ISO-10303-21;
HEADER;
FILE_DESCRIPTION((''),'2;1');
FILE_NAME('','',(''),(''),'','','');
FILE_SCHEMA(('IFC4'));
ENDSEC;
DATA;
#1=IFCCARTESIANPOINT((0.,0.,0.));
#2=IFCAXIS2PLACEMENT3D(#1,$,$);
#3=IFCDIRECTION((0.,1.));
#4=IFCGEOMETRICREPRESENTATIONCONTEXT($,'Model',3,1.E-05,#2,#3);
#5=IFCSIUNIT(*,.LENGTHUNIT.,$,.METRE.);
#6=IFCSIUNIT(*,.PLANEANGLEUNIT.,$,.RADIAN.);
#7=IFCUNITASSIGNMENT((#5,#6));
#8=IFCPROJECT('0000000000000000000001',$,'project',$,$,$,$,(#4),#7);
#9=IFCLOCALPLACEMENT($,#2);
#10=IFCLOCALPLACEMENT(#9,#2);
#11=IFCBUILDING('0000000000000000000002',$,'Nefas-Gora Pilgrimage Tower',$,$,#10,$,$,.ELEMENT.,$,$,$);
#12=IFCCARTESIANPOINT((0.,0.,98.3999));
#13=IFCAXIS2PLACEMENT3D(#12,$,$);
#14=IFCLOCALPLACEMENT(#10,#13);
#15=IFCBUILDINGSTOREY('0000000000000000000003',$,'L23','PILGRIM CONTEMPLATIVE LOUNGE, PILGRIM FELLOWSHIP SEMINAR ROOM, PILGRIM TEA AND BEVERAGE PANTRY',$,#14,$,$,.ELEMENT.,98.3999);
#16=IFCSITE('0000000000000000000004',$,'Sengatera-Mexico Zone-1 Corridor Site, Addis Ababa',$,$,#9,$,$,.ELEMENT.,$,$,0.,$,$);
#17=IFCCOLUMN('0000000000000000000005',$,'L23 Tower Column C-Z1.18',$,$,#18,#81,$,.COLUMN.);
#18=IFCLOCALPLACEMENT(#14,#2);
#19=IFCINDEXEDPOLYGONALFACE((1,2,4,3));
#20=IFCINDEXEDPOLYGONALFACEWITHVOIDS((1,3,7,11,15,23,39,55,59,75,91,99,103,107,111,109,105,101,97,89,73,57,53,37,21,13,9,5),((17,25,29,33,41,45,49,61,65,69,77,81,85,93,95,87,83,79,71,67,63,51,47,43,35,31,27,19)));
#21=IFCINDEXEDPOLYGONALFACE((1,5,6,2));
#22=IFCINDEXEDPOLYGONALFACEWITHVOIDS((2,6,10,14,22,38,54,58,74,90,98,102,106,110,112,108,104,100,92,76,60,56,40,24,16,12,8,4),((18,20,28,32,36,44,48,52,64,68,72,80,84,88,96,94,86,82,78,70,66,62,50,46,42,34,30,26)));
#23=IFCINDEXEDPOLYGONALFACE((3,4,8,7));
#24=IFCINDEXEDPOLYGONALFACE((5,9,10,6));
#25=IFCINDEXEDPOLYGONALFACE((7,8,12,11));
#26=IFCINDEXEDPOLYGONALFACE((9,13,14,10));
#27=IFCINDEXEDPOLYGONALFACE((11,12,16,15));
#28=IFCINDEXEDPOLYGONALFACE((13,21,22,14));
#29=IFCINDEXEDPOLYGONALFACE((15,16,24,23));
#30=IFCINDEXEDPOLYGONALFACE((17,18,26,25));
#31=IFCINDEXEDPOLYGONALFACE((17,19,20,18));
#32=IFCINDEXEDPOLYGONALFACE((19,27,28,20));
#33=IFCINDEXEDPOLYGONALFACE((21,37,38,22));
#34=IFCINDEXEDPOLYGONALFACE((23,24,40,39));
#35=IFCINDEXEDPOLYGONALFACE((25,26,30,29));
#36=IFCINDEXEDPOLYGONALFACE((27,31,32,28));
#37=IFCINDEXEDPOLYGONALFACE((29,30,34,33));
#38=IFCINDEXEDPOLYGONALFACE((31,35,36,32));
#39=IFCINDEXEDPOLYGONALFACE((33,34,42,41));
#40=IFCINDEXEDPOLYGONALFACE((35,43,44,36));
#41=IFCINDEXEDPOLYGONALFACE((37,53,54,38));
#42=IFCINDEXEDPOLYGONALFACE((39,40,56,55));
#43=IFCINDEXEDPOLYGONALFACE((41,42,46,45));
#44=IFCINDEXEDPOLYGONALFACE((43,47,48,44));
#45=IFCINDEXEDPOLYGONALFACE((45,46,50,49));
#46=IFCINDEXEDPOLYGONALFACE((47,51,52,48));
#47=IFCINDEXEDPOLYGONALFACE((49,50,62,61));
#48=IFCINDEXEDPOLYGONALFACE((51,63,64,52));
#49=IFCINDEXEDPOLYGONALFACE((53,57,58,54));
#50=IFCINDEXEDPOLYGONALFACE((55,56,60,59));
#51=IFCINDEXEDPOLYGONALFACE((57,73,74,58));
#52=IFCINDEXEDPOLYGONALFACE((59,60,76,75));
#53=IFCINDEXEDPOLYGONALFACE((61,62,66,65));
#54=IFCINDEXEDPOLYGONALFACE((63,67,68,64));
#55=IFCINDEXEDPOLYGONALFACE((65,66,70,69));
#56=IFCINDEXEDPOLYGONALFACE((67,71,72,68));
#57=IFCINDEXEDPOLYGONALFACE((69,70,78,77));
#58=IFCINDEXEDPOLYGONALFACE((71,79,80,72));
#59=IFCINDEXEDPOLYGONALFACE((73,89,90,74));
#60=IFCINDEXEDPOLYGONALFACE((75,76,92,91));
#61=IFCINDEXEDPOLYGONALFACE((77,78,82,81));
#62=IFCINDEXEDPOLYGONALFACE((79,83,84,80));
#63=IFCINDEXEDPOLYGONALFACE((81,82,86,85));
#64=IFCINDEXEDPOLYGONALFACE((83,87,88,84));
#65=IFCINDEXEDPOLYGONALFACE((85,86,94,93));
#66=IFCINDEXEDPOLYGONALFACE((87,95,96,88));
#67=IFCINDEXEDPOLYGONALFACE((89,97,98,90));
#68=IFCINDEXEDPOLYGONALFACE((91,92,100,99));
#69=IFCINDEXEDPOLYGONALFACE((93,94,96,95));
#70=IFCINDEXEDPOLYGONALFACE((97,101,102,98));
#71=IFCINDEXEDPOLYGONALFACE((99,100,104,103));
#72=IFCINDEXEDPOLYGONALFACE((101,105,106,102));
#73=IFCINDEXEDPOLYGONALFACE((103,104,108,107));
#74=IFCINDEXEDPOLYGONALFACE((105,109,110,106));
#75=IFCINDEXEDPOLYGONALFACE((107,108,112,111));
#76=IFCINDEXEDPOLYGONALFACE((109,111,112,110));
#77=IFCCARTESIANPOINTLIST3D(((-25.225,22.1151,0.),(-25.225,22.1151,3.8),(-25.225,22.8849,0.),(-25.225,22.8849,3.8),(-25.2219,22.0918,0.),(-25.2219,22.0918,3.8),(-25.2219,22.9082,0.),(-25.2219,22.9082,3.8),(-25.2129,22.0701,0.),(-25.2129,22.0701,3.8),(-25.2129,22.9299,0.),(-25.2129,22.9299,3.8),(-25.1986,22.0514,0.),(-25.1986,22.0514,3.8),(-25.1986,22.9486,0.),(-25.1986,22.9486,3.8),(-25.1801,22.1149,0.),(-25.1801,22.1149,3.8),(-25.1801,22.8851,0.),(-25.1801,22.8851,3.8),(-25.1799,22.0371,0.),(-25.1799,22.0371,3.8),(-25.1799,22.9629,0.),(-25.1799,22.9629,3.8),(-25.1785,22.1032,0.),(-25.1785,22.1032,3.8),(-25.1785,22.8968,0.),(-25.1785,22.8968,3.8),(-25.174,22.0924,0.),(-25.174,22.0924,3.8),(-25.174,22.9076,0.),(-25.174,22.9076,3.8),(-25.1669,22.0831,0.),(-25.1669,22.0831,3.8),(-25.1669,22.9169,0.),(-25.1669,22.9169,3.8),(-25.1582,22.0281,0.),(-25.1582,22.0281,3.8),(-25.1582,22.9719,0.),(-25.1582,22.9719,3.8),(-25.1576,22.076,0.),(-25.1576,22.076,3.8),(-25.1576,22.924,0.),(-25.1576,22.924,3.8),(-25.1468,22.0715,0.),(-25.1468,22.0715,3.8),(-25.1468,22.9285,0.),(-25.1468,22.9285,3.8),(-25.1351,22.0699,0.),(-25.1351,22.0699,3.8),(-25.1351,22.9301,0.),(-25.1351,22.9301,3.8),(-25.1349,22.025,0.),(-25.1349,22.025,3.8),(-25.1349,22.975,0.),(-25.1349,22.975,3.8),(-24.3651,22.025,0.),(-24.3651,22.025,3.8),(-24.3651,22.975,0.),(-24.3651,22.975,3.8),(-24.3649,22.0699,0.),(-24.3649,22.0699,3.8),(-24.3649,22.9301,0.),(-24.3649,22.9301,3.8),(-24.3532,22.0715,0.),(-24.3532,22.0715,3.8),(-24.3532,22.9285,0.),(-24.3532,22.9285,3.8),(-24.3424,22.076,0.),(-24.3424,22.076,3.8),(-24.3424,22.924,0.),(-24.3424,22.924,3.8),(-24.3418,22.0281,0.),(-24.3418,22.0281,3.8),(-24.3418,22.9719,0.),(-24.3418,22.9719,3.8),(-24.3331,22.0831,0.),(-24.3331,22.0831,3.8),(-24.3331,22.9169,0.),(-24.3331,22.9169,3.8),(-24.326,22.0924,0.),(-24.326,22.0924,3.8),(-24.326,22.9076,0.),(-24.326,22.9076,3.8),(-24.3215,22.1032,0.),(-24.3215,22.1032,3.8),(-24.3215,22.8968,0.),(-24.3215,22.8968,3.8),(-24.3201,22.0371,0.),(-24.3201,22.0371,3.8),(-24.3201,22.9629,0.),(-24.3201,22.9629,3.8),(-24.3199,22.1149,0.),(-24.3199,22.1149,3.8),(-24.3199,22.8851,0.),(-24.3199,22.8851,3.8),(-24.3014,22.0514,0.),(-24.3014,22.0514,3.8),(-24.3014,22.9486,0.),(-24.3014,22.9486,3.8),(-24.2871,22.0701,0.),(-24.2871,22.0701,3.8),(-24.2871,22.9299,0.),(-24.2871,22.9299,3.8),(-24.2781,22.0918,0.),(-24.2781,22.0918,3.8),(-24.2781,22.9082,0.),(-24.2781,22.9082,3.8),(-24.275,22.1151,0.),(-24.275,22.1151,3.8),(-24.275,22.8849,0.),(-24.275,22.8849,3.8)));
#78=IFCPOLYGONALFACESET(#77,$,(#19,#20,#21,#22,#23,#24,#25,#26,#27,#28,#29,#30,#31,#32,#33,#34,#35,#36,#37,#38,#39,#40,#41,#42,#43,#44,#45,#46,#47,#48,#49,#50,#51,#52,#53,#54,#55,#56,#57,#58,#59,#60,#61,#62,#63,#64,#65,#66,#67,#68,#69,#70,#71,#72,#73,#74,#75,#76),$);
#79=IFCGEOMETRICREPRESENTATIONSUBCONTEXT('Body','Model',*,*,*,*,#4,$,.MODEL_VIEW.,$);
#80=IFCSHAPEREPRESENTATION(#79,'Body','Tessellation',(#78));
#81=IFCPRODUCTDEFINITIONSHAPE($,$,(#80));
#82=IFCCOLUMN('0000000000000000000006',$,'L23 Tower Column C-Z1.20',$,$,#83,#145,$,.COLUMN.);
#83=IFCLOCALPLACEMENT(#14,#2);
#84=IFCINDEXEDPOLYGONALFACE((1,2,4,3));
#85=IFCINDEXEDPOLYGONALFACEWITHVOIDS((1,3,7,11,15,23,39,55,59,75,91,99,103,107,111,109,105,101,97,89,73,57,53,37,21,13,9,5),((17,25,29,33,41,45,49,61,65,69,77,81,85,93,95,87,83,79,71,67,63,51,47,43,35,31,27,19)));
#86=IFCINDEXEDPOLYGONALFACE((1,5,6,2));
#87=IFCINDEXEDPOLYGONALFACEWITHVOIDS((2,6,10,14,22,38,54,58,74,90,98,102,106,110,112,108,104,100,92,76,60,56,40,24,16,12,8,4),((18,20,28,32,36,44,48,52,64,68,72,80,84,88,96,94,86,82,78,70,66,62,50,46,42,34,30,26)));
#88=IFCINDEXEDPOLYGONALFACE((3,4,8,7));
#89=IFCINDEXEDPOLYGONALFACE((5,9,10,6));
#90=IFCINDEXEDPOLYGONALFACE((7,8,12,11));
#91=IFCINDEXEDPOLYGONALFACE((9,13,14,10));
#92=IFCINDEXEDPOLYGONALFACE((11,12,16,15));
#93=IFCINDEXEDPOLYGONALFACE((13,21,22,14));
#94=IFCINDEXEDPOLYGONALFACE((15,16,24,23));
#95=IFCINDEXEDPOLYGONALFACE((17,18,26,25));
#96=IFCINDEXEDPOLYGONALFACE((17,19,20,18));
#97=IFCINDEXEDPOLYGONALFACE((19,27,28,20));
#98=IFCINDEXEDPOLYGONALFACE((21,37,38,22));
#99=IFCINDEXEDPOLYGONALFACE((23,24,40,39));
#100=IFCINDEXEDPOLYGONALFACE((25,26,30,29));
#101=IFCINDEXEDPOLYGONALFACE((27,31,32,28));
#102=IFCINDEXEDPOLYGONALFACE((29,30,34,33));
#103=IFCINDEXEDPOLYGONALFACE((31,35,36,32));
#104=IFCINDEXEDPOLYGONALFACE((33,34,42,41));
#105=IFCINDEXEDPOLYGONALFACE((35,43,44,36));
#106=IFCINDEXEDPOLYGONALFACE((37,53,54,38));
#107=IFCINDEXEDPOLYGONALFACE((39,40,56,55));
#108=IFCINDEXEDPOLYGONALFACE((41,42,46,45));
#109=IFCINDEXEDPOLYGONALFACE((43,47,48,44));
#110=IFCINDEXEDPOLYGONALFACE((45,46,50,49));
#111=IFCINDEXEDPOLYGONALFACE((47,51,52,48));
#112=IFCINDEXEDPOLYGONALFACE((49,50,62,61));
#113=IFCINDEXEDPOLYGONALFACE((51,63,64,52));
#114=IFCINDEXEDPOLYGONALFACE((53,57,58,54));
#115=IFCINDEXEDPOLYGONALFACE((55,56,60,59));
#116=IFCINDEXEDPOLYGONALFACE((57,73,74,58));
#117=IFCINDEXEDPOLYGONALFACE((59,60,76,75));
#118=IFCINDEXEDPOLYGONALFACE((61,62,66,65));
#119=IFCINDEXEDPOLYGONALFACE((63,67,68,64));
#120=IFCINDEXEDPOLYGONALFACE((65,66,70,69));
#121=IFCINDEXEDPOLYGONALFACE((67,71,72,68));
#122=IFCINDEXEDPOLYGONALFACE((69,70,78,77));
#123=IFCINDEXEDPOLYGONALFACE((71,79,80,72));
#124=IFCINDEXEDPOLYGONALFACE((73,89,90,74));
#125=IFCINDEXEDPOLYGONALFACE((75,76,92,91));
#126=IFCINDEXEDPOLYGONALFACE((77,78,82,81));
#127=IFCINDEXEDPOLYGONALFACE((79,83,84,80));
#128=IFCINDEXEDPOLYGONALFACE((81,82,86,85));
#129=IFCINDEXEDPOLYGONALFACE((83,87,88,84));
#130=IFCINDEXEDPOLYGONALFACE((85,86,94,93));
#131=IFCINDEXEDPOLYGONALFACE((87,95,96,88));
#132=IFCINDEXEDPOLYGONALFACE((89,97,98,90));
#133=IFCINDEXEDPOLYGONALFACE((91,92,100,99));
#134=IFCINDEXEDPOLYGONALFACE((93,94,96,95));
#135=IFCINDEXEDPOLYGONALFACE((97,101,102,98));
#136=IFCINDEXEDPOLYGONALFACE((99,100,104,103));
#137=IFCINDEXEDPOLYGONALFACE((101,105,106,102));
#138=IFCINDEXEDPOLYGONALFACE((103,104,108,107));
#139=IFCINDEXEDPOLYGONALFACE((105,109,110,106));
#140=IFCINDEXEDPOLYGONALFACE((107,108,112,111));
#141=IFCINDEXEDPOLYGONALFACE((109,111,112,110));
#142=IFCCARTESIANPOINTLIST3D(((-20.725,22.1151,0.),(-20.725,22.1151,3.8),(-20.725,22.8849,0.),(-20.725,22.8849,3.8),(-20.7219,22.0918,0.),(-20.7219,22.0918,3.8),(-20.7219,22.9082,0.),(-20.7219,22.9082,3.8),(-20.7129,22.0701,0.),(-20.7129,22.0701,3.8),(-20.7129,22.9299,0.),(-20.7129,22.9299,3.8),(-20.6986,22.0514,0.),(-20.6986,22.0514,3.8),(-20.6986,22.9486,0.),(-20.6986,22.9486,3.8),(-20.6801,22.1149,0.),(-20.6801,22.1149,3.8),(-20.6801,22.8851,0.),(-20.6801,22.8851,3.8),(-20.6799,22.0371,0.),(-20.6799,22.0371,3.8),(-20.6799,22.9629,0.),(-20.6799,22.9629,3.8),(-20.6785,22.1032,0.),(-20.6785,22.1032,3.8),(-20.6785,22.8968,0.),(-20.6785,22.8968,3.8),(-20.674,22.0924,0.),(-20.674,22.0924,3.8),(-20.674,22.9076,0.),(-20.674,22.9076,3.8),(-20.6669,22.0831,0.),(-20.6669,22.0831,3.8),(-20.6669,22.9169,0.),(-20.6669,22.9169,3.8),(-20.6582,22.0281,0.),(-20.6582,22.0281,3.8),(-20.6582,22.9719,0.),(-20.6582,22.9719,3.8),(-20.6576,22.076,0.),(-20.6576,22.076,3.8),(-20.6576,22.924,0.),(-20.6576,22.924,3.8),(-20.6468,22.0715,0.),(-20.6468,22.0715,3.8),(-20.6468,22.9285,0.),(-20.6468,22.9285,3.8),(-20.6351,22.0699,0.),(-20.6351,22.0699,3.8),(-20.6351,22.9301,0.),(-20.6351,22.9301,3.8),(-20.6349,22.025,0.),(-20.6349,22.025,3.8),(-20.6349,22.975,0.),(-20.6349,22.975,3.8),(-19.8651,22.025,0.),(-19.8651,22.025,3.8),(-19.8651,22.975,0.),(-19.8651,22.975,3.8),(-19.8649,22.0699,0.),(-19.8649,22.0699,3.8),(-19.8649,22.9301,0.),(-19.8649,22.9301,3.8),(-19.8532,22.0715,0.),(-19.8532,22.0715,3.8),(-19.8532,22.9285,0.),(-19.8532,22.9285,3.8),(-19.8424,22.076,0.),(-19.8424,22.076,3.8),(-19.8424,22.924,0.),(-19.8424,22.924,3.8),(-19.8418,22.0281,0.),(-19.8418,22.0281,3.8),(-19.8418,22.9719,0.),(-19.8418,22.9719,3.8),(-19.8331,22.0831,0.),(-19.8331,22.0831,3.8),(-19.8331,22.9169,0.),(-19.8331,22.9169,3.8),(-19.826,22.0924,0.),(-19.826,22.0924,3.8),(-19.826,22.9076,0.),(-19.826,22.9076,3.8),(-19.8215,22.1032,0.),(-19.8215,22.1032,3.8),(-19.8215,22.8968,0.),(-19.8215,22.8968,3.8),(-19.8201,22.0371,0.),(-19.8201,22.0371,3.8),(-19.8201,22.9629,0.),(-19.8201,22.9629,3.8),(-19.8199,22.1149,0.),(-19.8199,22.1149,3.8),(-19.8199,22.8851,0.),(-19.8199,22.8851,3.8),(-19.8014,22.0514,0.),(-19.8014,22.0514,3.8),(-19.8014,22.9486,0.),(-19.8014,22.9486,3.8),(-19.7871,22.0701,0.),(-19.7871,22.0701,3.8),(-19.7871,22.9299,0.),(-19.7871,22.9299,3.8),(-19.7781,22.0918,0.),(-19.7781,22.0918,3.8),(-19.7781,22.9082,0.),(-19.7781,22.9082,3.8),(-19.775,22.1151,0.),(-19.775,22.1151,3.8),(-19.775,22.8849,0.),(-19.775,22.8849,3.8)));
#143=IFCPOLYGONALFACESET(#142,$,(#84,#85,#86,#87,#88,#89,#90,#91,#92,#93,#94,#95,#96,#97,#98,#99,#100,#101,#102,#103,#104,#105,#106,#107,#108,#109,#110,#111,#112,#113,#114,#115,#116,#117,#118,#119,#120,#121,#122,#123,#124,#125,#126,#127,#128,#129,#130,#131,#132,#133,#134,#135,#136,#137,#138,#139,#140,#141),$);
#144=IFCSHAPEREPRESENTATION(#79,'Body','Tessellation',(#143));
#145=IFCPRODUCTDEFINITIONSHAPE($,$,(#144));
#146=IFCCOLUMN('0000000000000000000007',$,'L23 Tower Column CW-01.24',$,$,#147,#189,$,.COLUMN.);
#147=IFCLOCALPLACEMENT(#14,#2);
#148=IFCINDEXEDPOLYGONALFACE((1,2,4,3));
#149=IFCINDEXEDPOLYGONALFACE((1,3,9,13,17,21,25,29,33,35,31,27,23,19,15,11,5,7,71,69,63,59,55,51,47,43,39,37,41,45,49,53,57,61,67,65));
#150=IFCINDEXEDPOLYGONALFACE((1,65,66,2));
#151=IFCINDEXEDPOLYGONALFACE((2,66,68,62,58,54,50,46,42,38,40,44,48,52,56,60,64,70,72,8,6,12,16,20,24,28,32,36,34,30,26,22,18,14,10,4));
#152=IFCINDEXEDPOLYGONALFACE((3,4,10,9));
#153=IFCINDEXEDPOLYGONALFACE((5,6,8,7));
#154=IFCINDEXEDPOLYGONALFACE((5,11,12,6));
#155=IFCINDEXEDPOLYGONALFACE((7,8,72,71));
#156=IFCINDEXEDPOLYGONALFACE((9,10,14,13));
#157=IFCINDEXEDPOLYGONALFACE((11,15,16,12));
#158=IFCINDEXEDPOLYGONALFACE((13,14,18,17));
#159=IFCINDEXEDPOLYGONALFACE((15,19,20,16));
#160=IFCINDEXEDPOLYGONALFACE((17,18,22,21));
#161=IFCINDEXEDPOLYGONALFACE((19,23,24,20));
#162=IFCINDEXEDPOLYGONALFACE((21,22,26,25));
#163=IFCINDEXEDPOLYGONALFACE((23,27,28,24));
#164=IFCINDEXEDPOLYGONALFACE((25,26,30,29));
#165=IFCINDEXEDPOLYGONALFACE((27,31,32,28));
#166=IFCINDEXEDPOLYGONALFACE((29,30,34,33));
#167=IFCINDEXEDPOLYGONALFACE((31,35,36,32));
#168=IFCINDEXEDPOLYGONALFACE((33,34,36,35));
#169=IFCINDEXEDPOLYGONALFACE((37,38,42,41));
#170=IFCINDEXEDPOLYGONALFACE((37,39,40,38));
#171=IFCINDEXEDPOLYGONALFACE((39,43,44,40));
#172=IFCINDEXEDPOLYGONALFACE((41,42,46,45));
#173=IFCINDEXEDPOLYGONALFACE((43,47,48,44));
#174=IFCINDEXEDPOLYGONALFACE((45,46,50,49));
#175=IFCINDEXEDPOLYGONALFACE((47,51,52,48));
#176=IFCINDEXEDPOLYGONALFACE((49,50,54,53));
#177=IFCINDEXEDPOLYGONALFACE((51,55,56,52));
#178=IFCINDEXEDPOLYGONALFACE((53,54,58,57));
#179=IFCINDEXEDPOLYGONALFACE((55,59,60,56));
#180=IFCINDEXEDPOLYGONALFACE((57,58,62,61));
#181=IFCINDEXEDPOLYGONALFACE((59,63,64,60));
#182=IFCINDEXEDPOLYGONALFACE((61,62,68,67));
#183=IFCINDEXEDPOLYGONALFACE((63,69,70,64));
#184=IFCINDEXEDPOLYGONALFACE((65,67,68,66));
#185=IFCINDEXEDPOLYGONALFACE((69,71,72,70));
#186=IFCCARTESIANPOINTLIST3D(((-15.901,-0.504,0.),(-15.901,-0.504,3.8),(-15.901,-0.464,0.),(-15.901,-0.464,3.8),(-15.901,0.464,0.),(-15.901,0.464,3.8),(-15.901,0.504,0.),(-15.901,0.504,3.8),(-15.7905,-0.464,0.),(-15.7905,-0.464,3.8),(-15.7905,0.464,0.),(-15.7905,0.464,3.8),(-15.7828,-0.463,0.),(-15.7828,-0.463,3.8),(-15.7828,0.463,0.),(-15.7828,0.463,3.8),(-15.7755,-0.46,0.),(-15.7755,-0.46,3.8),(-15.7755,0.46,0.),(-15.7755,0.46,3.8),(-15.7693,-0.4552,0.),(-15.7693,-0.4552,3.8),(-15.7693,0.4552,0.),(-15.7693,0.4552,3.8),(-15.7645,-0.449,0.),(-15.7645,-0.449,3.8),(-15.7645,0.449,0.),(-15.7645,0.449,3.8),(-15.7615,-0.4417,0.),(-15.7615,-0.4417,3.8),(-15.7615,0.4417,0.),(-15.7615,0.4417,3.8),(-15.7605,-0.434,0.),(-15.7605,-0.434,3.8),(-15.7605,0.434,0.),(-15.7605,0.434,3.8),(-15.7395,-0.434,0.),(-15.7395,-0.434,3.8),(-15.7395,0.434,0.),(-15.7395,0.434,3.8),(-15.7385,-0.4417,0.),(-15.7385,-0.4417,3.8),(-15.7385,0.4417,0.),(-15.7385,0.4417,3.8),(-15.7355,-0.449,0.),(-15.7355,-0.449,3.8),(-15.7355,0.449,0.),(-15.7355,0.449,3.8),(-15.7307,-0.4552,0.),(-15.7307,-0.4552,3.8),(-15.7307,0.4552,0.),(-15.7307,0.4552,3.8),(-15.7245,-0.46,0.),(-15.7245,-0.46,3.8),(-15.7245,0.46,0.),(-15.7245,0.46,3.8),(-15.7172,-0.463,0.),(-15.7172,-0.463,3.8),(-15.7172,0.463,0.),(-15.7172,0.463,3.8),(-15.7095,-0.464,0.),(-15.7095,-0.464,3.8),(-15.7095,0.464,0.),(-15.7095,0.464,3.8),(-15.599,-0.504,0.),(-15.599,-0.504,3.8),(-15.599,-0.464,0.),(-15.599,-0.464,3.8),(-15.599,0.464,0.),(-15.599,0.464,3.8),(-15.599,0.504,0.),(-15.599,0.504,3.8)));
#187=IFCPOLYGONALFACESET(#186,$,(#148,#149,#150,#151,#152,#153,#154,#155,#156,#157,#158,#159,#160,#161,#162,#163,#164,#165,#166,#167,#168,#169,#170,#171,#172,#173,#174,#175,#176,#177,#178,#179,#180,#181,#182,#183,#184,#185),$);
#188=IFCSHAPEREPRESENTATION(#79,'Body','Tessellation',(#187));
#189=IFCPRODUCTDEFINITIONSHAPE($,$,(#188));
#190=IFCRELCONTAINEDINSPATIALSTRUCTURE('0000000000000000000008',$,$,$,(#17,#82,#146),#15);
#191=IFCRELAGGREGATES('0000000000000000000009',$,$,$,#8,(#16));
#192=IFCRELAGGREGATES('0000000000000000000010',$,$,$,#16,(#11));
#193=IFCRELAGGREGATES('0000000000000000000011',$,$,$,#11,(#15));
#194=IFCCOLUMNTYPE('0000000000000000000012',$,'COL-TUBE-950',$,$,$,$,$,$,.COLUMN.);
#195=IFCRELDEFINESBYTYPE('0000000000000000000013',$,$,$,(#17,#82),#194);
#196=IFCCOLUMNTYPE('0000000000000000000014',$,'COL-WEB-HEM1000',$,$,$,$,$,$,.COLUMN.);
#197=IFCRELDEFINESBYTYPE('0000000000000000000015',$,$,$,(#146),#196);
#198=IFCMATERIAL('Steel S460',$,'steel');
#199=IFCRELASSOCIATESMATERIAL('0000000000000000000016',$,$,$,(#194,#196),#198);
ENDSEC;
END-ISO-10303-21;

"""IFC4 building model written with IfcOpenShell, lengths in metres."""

from ifc_helpers import new_model, si_unit, direction, frame, origin, origin_2d, place, context, subcontext, project, spatial, hollow_rectangle, i_section, extrude, source, transform, mapped, material, material_profile, profile_set, type_object, element, save


model = new_model("IFC4")

# Units and contexts
model_context = context("Model", 3, precision=1e-05, world=origin(), true_north=direction((0.0, 1.0)))
body_context = subcontext(model_context, "Body", "Model", "MODEL_VIEW")
ifc_project = project(units=[si_unit("LENGTHUNIT", "METRE"), si_unit("PLANEANGLEUNIT", "RADIAN")], contexts=[model_context])

# Site, building, storey
site_placement = place(None, origin())
site = spatial("IfcSite", under=ifc_project, at=site_placement, Name="Sengatera-Mexico Zone-1 Corridor Site, Addis Ababa", CompositionType="ELEMENT", RefElevation=0.0)
building_placement = place(site_placement, origin())
building = spatial("IfcBuilding", under=site, at=building_placement, Name="Nefas-Gora Pilgrimage Tower", CompositionType="ELEMENT")
storey_placement = place(building_placement, frame((0.0, 0.0, 98.3999)))
storey = spatial("IfcBuildingStorey", under=building, at=storey_placement, Name="L23", Description="PILGRIM CONTEMPLATIVE LOUNGE, PILGRIM FELLOWSHIP SEMINAR ROOM, PILGRIM TEA AND BEVERAGE PANTRY", CompositionType="ELEMENT", Elevation=98.3999)

# Columns
ifc_material_1 = material(Name="Steel S460", Category="steel")
ifc_material_profile_1 = material_profile(ifc_material_1, hollow_rectangle(XDim=0.95, YDim=0.95, WallThickness=0.0449, InnerFilletRadius=0.0449, OuterFilletRadius=0.0901, at=origin_2d()), Name="BOX 950x950x45")
ifc_profile_set_1 = profile_set([ifc_material_profile_1], Name="Steel S460")
column_type_1 = type_object("IfcColumnType", Name="COL-TUBE-950", PredefinedType="COLUMN", material=ifc_profile_set_1)
shared_shape_1 = source(origin(), body_context, "Body", "SweptSolid", [
    extrude(hollow_rectangle(XDim=0.95, YDim=0.95, WallThickness=0.0449, InnerFilletRadius=0.0449, OuterFilletRadius=0.0901, at=origin_2d()), origin(), (0.0, 0.0, 1.0), 3.8),
])
for number, where, z_axis, x_axis, name in (
    (1, (-24.75, 22.5, 0.0), (0.0, 0.0, 1.0), (1.0, 0.0, 0.0), "L23 Tower Column C-Z1.18"),
    (2, (-20.25, 22.5, 0.0), (0.0, 0.0, 1.0), (1.0, 0.0, 0.0), "L23 Tower Column C-Z1.20"),
):
    element("IfcColumn", number, at=place(storey_placement, frame(where, z_axis=z_axis, x_axis=x_axis)), inside=storey, type_object=column_type_1, Name=name, PredefinedType="COLUMN", context=body_context, shape_type="MappedRepresentation", body=[
        mapped(shared_shape_1, transform((0.0, 0.0, 0.0), x_axis=(1.0, 0.0, 0.0), y_axis=(0.0, 1.0, 0.0), z_axis=(0.0, 0.0, 1.0), scale=1.0)),
    ])
ifc_material_profile_2 = material_profile(ifc_material_1, i_section(OverallWidth=0.302, OverallDepth=1.0081, WebThickness=0.021, FlangeThickness=0.04, FilletRadius=0.03, at=origin_2d()), Name="HEM 1000")
ifc_profile_set_2 = profile_set([ifc_material_profile_2], Name="Steel S460")
column_type_2 = type_object("IfcColumnType", Name="COL-WEB-HEM1000", PredefinedType="COLUMN", material=ifc_profile_set_2)
shared_shape_2 = source(origin(), body_context, "Body", "SweptSolid", [
    extrude(i_section(OverallWidth=0.302, OverallDepth=1.0081, WebThickness=0.021, FlangeThickness=0.04, FilletRadius=0.03, at=origin_2d()), origin(), (0.0, 0.0, 1.0), 3.8),
])
for number, where, z_axis, x_axis, name in (
    (3, (-15.75, 0.0, 0.0), (0.0, 0.0, 1.0), (1.0, 0.0, 0.0), "L23 Tower Column CW-01.24"),
):
    element("IfcColumn", number, at=place(storey_placement, frame(where, z_axis=z_axis, x_axis=x_axis)), inside=storey, type_object=column_type_2, Name=name, PredefinedType="COLUMN", context=body_context, shape_type="MappedRepresentation", body=[
        mapped(shared_shape_2, transform((0.0, 0.0, 0.0), x_axis=(1.0, 0.0, 0.0), y_axis=(0.0, 1.0, 0.0), z_axis=(0.0, 0.0, 1.0), scale=1.0)),
    ])

save(model, "model.ifc")
